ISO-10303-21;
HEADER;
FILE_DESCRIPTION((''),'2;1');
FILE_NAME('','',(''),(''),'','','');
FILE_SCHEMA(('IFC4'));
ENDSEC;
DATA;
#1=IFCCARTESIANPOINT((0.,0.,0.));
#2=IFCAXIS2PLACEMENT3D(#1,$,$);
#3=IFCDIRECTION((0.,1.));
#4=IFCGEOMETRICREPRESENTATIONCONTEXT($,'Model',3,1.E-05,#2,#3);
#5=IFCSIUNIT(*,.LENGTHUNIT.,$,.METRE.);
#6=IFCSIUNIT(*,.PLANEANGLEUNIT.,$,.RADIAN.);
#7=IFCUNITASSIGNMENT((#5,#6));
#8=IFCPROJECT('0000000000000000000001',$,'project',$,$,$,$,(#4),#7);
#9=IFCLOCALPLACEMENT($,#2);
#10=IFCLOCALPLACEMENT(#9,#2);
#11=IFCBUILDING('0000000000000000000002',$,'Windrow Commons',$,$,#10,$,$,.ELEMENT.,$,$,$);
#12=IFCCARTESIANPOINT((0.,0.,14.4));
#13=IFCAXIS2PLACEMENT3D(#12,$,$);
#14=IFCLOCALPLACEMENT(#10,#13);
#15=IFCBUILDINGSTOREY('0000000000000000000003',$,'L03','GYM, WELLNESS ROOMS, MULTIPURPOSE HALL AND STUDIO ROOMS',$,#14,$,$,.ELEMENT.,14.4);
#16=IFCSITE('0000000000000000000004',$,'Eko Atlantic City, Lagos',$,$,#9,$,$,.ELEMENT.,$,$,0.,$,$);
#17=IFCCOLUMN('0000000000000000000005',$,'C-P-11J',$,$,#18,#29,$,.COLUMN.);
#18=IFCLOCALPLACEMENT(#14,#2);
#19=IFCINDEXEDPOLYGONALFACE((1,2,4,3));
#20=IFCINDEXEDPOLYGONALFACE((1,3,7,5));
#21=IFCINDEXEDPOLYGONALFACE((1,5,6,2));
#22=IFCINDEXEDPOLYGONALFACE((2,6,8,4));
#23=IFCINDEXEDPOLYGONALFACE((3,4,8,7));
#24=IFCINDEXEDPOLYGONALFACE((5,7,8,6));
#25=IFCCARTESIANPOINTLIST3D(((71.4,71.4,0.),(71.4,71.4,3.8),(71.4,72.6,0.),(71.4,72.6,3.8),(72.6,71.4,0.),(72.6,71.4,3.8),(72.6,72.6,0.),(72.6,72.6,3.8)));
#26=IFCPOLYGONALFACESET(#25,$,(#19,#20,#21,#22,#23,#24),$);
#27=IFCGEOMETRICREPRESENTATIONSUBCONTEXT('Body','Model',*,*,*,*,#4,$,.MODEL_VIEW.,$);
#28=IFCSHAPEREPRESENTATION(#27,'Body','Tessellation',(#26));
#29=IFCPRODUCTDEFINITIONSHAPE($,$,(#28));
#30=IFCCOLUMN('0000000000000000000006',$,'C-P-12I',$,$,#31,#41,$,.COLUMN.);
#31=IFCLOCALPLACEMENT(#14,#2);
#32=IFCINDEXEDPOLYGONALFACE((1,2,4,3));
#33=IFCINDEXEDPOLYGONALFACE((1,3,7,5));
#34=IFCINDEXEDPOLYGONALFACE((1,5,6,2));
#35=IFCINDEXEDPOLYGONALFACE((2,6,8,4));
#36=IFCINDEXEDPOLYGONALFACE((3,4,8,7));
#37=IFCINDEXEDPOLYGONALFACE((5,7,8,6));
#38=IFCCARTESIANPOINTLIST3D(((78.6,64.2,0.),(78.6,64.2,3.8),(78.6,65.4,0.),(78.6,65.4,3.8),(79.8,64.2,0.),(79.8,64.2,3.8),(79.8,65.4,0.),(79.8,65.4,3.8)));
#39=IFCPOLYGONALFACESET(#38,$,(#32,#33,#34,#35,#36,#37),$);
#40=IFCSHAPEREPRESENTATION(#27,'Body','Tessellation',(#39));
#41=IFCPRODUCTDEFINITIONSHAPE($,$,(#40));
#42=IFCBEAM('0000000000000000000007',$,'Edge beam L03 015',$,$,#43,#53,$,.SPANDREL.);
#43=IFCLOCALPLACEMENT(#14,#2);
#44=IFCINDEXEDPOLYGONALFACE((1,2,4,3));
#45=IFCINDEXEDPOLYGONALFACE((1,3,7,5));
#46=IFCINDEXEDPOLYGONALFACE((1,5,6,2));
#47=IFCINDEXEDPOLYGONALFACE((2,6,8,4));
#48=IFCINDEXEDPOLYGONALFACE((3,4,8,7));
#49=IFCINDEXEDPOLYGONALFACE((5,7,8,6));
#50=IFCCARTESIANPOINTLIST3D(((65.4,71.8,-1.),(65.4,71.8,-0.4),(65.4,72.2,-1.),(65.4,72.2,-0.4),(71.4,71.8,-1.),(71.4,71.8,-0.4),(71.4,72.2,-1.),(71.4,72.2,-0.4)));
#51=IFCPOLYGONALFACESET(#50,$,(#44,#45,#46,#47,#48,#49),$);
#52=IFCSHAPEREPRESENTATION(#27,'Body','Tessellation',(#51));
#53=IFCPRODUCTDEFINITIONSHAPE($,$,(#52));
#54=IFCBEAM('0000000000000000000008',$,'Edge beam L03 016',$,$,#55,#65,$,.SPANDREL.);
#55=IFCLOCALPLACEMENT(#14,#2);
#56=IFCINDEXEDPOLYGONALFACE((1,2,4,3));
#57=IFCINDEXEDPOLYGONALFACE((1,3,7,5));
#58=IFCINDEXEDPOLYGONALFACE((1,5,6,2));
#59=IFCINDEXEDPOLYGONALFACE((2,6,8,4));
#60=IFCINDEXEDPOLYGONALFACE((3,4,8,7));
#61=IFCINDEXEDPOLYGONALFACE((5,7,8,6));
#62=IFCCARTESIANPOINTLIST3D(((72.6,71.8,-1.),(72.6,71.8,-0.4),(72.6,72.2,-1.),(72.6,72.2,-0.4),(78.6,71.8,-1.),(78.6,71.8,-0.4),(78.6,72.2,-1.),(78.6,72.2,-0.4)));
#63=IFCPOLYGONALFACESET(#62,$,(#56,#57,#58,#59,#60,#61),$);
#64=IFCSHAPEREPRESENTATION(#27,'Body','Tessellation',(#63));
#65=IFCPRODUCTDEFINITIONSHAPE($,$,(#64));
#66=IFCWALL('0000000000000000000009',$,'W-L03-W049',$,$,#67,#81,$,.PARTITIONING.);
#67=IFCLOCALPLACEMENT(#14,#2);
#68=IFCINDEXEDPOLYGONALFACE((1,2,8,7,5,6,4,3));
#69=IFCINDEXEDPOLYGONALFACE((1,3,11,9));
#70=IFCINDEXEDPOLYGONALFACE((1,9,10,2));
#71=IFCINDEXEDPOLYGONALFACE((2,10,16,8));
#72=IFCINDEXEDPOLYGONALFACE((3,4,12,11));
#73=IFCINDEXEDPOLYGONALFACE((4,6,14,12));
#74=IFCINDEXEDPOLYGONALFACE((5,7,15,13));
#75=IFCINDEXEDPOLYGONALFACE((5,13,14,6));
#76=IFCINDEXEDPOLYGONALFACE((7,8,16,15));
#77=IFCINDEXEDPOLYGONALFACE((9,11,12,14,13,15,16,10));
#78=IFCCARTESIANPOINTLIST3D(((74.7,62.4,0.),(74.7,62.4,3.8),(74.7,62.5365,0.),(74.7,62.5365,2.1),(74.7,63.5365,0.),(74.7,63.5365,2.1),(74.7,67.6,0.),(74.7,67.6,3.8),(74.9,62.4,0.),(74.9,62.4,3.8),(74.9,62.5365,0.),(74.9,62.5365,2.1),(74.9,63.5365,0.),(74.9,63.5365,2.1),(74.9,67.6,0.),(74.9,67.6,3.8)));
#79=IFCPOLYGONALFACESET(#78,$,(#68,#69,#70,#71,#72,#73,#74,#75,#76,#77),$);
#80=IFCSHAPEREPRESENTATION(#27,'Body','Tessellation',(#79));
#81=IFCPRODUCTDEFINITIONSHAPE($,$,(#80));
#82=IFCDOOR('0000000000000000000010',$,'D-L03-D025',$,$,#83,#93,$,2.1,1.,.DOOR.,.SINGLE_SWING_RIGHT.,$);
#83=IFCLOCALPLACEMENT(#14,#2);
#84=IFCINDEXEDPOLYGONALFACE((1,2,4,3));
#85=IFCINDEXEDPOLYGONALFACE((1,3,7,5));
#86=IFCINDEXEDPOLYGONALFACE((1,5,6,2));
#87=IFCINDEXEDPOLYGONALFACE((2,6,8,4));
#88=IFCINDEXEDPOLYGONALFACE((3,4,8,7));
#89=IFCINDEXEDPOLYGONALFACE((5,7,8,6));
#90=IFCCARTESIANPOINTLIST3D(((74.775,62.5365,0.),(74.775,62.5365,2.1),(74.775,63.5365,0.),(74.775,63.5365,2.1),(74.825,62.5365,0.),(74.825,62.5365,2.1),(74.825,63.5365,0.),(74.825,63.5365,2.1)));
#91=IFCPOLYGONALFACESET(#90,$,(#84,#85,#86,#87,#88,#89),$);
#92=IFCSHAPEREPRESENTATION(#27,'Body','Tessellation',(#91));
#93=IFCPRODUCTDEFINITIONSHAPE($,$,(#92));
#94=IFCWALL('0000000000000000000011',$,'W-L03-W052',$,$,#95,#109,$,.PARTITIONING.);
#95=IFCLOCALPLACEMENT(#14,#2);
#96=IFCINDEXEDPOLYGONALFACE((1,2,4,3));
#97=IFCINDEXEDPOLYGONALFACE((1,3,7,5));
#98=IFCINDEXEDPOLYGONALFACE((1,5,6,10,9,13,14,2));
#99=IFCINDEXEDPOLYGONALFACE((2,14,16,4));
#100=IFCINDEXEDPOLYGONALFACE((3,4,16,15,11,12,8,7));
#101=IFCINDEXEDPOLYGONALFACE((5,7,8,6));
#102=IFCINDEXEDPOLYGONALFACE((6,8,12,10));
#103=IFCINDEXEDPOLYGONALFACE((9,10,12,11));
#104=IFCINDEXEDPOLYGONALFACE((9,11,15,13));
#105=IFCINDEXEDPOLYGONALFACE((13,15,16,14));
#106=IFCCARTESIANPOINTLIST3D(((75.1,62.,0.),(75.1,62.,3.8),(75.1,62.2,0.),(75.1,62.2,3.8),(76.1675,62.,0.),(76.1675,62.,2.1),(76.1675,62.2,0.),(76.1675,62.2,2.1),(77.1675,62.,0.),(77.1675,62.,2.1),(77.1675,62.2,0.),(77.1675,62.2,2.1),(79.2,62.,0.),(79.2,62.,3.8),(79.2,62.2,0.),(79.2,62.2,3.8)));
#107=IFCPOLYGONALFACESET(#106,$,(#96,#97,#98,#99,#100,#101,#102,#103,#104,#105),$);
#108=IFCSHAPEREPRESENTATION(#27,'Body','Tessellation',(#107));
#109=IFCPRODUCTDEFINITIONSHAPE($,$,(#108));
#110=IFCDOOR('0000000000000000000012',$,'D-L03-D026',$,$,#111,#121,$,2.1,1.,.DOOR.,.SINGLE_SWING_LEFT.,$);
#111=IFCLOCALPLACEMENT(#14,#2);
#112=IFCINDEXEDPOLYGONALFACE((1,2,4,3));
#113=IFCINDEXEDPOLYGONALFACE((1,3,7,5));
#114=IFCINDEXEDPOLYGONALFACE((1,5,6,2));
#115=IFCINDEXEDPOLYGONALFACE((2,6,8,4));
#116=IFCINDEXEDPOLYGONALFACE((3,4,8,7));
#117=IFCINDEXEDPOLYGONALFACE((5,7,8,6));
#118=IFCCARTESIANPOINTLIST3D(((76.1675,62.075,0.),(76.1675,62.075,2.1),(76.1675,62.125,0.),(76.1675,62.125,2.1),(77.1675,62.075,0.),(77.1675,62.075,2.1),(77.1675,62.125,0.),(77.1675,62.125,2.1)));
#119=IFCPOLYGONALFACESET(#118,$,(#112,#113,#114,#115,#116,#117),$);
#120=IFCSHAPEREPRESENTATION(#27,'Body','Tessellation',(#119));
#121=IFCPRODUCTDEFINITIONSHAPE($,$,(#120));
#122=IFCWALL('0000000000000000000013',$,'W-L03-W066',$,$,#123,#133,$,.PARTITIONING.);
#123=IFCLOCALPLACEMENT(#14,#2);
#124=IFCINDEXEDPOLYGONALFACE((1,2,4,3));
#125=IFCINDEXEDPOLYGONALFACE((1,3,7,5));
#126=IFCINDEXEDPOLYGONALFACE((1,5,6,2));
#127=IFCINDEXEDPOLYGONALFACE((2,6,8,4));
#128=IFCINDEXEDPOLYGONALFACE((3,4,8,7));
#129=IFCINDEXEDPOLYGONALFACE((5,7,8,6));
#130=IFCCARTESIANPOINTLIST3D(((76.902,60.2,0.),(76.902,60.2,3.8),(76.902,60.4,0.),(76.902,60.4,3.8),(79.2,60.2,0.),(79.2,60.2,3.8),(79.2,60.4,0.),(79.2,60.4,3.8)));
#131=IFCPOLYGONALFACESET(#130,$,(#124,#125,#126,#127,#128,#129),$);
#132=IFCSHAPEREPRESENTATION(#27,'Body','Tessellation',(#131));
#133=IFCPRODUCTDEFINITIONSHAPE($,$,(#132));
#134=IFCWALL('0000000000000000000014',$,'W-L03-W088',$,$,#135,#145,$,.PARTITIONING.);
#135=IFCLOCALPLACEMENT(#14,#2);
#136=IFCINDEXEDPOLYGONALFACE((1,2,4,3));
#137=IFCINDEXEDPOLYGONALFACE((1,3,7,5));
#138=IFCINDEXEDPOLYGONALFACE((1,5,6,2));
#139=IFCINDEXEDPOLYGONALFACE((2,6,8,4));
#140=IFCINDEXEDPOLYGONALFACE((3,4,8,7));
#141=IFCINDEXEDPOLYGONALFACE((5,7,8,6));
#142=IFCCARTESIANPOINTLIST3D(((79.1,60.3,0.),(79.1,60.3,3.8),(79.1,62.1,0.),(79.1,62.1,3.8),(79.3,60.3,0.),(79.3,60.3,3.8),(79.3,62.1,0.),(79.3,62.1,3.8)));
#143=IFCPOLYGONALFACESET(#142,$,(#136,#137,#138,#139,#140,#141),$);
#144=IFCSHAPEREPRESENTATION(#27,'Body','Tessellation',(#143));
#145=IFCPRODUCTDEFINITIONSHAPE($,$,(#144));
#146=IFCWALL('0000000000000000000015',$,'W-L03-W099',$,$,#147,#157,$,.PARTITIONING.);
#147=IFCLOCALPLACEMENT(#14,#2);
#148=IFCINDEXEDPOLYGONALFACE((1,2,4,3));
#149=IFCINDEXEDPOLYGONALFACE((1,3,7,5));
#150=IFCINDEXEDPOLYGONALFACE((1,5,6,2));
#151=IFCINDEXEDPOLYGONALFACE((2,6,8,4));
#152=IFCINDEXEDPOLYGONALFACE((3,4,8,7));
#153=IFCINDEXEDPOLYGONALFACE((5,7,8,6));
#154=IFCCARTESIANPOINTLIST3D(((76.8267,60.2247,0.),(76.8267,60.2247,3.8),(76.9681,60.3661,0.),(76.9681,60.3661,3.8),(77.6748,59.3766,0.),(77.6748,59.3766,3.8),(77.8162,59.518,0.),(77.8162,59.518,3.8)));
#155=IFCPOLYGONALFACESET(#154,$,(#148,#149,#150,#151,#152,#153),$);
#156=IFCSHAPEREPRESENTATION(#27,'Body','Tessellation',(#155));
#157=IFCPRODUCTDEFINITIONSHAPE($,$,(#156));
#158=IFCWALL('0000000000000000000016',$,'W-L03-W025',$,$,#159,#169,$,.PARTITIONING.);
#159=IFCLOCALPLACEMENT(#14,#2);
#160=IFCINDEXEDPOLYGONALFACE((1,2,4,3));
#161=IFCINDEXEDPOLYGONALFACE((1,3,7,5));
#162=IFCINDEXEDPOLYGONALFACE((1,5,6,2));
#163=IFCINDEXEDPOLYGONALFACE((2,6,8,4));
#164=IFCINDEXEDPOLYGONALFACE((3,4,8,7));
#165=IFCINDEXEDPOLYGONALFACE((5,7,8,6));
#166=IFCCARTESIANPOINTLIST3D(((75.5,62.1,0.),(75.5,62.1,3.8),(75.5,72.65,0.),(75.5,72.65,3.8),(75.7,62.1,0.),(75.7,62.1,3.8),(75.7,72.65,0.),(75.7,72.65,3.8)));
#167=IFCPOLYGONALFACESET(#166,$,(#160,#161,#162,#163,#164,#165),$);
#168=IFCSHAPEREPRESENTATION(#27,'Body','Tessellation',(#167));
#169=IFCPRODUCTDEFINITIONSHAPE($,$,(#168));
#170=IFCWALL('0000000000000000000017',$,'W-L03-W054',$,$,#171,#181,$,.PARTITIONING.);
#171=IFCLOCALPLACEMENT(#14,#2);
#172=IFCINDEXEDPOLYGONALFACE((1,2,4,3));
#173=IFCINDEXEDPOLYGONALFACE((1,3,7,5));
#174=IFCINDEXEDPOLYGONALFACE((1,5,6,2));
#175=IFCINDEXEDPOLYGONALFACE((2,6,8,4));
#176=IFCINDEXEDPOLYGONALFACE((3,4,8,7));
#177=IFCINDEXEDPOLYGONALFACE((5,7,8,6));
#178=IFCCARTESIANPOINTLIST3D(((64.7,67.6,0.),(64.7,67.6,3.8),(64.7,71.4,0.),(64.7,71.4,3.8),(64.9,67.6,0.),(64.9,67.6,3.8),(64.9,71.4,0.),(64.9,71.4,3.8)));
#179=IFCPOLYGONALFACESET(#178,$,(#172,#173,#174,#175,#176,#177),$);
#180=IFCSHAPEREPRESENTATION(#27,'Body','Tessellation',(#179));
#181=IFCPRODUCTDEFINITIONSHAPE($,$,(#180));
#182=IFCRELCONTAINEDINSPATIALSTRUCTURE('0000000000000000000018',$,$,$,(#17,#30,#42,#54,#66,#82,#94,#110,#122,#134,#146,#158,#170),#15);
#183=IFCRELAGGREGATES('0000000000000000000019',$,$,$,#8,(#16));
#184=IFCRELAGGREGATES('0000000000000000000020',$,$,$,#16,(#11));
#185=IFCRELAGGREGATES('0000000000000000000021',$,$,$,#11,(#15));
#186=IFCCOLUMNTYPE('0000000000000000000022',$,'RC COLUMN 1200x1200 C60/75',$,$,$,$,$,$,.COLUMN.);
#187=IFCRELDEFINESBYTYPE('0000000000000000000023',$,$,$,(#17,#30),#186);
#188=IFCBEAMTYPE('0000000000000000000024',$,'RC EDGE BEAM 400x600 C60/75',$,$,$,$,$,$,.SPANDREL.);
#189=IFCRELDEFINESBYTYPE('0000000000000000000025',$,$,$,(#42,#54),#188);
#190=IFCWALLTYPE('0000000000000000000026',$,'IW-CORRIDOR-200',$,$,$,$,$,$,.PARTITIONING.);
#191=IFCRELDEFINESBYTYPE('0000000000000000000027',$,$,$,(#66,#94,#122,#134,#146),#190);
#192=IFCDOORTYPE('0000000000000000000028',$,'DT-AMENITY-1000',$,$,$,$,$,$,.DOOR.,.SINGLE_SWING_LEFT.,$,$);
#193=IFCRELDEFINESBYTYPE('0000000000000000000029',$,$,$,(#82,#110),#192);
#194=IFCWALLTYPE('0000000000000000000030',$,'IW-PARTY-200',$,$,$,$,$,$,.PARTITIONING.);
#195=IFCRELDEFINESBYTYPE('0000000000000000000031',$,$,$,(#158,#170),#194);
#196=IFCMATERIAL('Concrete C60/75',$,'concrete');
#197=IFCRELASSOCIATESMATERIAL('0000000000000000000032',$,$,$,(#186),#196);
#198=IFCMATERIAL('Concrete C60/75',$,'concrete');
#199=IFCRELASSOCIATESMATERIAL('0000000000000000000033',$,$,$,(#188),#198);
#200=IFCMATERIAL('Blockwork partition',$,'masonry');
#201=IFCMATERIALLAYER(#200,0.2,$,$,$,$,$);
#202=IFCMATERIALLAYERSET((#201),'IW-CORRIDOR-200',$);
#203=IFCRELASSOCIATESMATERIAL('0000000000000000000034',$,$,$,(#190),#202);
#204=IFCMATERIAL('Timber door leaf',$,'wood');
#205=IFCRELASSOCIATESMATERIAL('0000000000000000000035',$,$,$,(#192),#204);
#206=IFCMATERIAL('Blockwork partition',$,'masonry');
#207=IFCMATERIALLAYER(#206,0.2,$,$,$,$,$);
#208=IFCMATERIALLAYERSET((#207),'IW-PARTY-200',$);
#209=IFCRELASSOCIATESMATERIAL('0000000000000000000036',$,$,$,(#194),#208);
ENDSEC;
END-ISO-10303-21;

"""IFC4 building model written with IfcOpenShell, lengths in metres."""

from ifc_helpers import new_model, si_unit, direction, frame, frame_2d, origin, origin_2d, place, context, subcontext, project, spatial, rectangle, extrude, material, layer, layer_set, material_profile, profile_set, type_object, element, fill, save


model = new_model("IFC4")

# Units and contexts
model_context = context("Model", 3, precision=1e-05, world=origin(), true_north=direction((0.0, 1.0)))
body_context = subcontext(model_context, "Body", "Model", "MODEL_VIEW")
ifc_project = project(units=[si_unit("LENGTHUNIT", "METRE"), si_unit("PLANEANGLEUNIT", "RADIAN")], contexts=[model_context])

# Site, building, storey
site_placement = place(None, origin())
site = spatial("IfcSite", under=ifc_project, at=site_placement, Name="Eko Atlantic City, Lagos", CompositionType="ELEMENT", RefElevation=0.0)
building_placement = place(site_placement, origin())
building = spatial("IfcBuilding", under=site, at=building_placement, Name="Windrow Commons", CompositionType="ELEMENT")
storey_placement = place(building_placement, frame((0.0, 0.0, 14.4)))
storey = spatial("IfcBuildingStorey", under=building, at=storey_placement, Name="L03", Description="GYM, WELLNESS ROOMS, MULTIPURPOSE HALL AND STUDIO ROOMS", CompositionType="ELEMENT", Elevation=14.4)

# Columns
ifc_material_1 = material(Name="Concrete C60/75", Category="concrete")
ifc_material_profile_1 = material_profile(ifc_material_1, rectangle(XDim=1.2, YDim=1.2, at=origin_2d()))
ifc_profile_set_1 = profile_set([ifc_material_profile_1], Name="Concrete C60/75")
column_type = type_object("IfcColumnType", Name="RC COLUMN 1200x1200 C60/75", PredefinedType="COLUMN", material=ifc_profile_set_1)
for number, where, z_axis, x_axis, name in (
    (1, (72.0, 72.0, 0.0), (0.0, 0.0, 1.0), (1.0, 0.0, 0.0), "C-P-11J"),
    (2, (79.2, 64.8, 0.0), (0.0, 0.0, 1.0), (1.0, 0.0, 0.0), "C-P-12I"),
):
    element("IfcColumn", number, at=place(storey_placement, frame(where, z_axis=z_axis, x_axis=x_axis)), inside=storey, type_object=column_type, Name=name, PredefinedType="COLUMN", context=body_context, shape_type="SweptSolid", body=[
        extrude(rectangle(XDim=1.2, YDim=1.2, at=origin_2d()), origin(), (0.0, 0.0, 1.0), 3.8),
    ])

# Beams
ifc_material_2 = material(Name="Concrete C60/75", Category="concrete")
ifc_material_profile_2 = material_profile(ifc_material_2, rectangle(XDim=0.4, YDim=0.6, at=origin_2d()))
ifc_profile_set_2 = profile_set([ifc_material_profile_2], Name="Concrete C60/75")
beam_type = type_object("IfcBeamType", Name="RC EDGE BEAM 400x600 C60/75", PredefinedType="SPANDREL", material=ifc_profile_set_2)
for number, where, z_axis, x_axis, name in (
    (3, (65.4, 72.0, -0.7), (1.0, 0.0, 0.0), (0.0, 1.0, 0.0), "Edge beam L03 015"),
    (4, (72.6, 72.0, -0.7), (1.0, 0.0, 0.0), (0.0, 1.0, 0.0), "Edge beam L03 016"),
):
    element("IfcBeam", number, at=place(storey_placement, frame(where, z_axis=z_axis, x_axis=x_axis)), inside=storey, type_object=beam_type, Name=name, PredefinedType="SPANDREL", context=body_context, shape_type="SweptSolid", body=[
        extrude(rectangle(XDim=0.4, YDim=0.6, at=origin_2d()), origin(), (0.0, 0.0, 1.0), 6.0),
    ])

# Walls, openings, doors
ifc_material_3 = material(Name="Blockwork partition", Category="masonry")
ifc_layer_1 = layer(ifc_material_3, 0.2)
ifc_layer_set_1 = layer_set([ifc_layer_1], Name="IW-CORRIDOR-200")
wall_type_1 = type_object("IfcWallType", Name="IW-CORRIDOR-200", PredefinedType="PARTITIONING", material=ifc_layer_set_1)
wall_1_placement = place(storey_placement, frame((74.8, 62.4, 0.0), z_axis=(0.0, 0.0, 1.0), x_axis=(0.0, 1.0, 0.0)))
wall_1 = element("IfcWall", 5, at=wall_1_placement, inside=storey, type_object=wall_type_1, Name="W-L03-W049", PredefinedType="PARTITIONING", context=body_context, shape_type="SweptSolid", body=[
    extrude(rectangle(XDim=5.2, YDim=0.2, at=frame_2d((2.6, 0.0))), origin(), (0.0, 0.0, 1.0), 3.8),
])
opening_1_placement = place(wall_1_placement, frame((0.1365, 0.0, 0.0)))
opening_1 = element("IfcOpeningElement", 6, at=opening_1_placement, cuts=wall_1, PredefinedType="OPENING", context=body_context, shape_type="SweptSolid", body=[
    extrude(rectangle(XDim=1.0, YDim=2.1, at=frame_2d((0.5, 1.05))), frame((0.0, 0.11, 0.0), z_axis=(0.0, -1.0, 0.0), x_axis=(1.0, 0.0, 0.0)), (0.0, 0.0, 1.0), 0.22),
])
ifc_material_4 = material(Name="Timber door leaf", Category="wood")
door_type = type_object("IfcDoorType", Name="DT-AMENITY-1000", OperationType="SINGLE_SWING_LEFT", PredefinedType="DOOR", material=ifc_material_4)
door_1_placement = place(opening_1_placement, origin())
door_1 = element("IfcDoor", 7, at=door_1_placement, inside=storey, type_object=door_type, Name="D-L03-D025", OperationType="SINGLE_SWING_RIGHT", OverallHeight=2.1, OverallWidth=1.0, PredefinedType="DOOR", context=body_context, shape_type="SweptSolid", body=[
    extrude(rectangle(XDim=1.0, YDim=2.1, at=frame_2d((0.5, 1.05))), frame((0.0, 0.025, 0.0), z_axis=(0.0, -1.0, 0.0), x_axis=(1.0, 0.0, 0.0)), (0.0, 0.0, 1.0), 0.05),
])
fill(opening_1, door_1)
wall_2_placement = place(storey_placement, frame((75.1, 62.1, 0.0), z_axis=(0.0, 0.0, 1.0), x_axis=(1.0, 0.0, 0.0)))
wall_2 = element("IfcWall", 8, at=wall_2_placement, inside=storey, type_object=wall_type_1, Name="W-L03-W052", PredefinedType="PARTITIONING", context=body_context, shape_type="SweptSolid", body=[
    extrude(rectangle(XDim=4.1, YDim=0.2, at=frame_2d((2.05, 0.0))), origin(), (0.0, 0.0, 1.0), 3.8),
])
opening_2_placement = place(wall_2_placement, frame((1.0675, 0.0, 0.0)))
opening_2 = element("IfcOpeningElement", 9, at=opening_2_placement, cuts=wall_2, PredefinedType="OPENING", context=body_context, shape_type="SweptSolid", body=[
    extrude(rectangle(XDim=1.0, YDim=2.1, at=frame_2d((0.5, 1.05))), frame((0.0, 0.11, 0.0), z_axis=(0.0, -1.0, 0.0), x_axis=(1.0, 0.0, 0.0)), (0.0, 0.0, 1.0), 0.22),
])
door_2_placement = place(opening_2_placement, origin())
door_2 = element("IfcDoor", 10, at=door_2_placement, inside=storey, type_object=door_type, Name="D-L03-D026", OperationType="SINGLE_SWING_LEFT", OverallHeight=2.1, OverallWidth=1.0, PredefinedType="DOOR", context=body_context, shape_type="SweptSolid", body=[
    extrude(rectangle(XDim=1.0, YDim=2.1, at=frame_2d((0.5, 1.05))), frame((0.0, 0.025, 0.0), z_axis=(0.0, -1.0, 0.0), x_axis=(1.0, 0.0, 0.0)), (0.0, 0.0, 1.0), 0.05),
])
fill(opening_2, door_2)

# Walls
wall_3_placement = place(storey_placement, frame((76.902, 60.3, 0.0), z_axis=(0.0, 0.0, 1.0), x_axis=(1.0, 0.0, 0.0)))
element("IfcWall", 11, at=wall_3_placement, inside=storey, type_object=wall_type_1, Name="W-L03-W066", PredefinedType="PARTITIONING", context=body_context, shape_type="SweptSolid", body=[
    extrude(rectangle(XDim=2.298, YDim=0.2, at=frame_2d((1.149, 0.0))), origin(), (0.0, 0.0, 1.0), 3.8),
])
wall_4_placement = place(storey_placement, frame((79.2, 60.3, 0.0), z_axis=(0.0, 0.0, 1.0), x_axis=(0.0, 1.0, 0.0)))
element("IfcWall", 12, at=wall_4_placement, inside=storey, type_object=wall_type_1, Name="W-L03-W088", PredefinedType="PARTITIONING", context=body_context, shape_type="SweptSolid", body=[
    extrude(rectangle(XDim=1.8, YDim=0.2, at=frame_2d((0.9, 0.0))), origin(), (0.0, 0.0, 1.0), 3.8),
])
wall_5_placement = place(storey_placement, frame((76.8974, 60.2954, 0.0), z_axis=(0.0, 0.0, 1.0), x_axis=(0.707107, -0.707107, 0.0)))
element("IfcWall", 13, at=wall_5_placement, inside=storey, type_object=wall_type_1, Name="W-L03-W099", PredefinedType="PARTITIONING", context=body_context, shape_type="SweptSolid", body=[
    extrude(rectangle(XDim=1.1993, YDim=0.2, at=frame_2d((0.5997, 0.0))), origin(), (0.0, 0.0, 1.0), 3.8),
])
ifc_material_5 = material(Name="Blockwork partition", Category="masonry")
ifc_layer_2 = layer(ifc_material_5, 0.2)
ifc_layer_set_2 = layer_set([ifc_layer_2], Name="IW-PARTY-200")
wall_type_2 = type_object("IfcWallType", Name="IW-PARTY-200", PredefinedType="PARTITIONING", material=ifc_layer_set_2)
wall_6_placement = place(storey_placement, frame((75.6, 62.1, 0.0), z_axis=(0.0, 0.0, 1.0), x_axis=(0.0, 1.0, 0.0)))
element("IfcWall", 14, at=wall_6_placement, inside=storey, type_object=wall_type_2, Name="W-L03-W025", PredefinedType="PARTITIONING", context=body_context, shape_type="SweptSolid", body=[
    extrude(rectangle(XDim=10.55, YDim=0.2, at=frame_2d((5.275, 0.0))), origin(), (0.0, 0.0, 1.0), 3.8),
])
for number, where, z_axis, x_axis, name in (
    (15, (64.8, 67.6, 0.0), (0.0, 0.0, 1.0), (0.0, 1.0, 0.0), "W-L03-W054"),
):
    element("IfcWall", number, at=place(storey_placement, frame(where, z_axis=z_axis, x_axis=x_axis)), inside=storey, type_object=wall_type_2, Name=name, PredefinedType="PARTITIONING", context=body_context, shape_type="SweptSolid", body=[
        extrude(rectangle(XDim=3.8, YDim=0.2, at=frame_2d((1.9, 0.0))), origin(), (0.0, 0.0, 1.0), 3.8),
    ])

save(model, "model.ifc")
